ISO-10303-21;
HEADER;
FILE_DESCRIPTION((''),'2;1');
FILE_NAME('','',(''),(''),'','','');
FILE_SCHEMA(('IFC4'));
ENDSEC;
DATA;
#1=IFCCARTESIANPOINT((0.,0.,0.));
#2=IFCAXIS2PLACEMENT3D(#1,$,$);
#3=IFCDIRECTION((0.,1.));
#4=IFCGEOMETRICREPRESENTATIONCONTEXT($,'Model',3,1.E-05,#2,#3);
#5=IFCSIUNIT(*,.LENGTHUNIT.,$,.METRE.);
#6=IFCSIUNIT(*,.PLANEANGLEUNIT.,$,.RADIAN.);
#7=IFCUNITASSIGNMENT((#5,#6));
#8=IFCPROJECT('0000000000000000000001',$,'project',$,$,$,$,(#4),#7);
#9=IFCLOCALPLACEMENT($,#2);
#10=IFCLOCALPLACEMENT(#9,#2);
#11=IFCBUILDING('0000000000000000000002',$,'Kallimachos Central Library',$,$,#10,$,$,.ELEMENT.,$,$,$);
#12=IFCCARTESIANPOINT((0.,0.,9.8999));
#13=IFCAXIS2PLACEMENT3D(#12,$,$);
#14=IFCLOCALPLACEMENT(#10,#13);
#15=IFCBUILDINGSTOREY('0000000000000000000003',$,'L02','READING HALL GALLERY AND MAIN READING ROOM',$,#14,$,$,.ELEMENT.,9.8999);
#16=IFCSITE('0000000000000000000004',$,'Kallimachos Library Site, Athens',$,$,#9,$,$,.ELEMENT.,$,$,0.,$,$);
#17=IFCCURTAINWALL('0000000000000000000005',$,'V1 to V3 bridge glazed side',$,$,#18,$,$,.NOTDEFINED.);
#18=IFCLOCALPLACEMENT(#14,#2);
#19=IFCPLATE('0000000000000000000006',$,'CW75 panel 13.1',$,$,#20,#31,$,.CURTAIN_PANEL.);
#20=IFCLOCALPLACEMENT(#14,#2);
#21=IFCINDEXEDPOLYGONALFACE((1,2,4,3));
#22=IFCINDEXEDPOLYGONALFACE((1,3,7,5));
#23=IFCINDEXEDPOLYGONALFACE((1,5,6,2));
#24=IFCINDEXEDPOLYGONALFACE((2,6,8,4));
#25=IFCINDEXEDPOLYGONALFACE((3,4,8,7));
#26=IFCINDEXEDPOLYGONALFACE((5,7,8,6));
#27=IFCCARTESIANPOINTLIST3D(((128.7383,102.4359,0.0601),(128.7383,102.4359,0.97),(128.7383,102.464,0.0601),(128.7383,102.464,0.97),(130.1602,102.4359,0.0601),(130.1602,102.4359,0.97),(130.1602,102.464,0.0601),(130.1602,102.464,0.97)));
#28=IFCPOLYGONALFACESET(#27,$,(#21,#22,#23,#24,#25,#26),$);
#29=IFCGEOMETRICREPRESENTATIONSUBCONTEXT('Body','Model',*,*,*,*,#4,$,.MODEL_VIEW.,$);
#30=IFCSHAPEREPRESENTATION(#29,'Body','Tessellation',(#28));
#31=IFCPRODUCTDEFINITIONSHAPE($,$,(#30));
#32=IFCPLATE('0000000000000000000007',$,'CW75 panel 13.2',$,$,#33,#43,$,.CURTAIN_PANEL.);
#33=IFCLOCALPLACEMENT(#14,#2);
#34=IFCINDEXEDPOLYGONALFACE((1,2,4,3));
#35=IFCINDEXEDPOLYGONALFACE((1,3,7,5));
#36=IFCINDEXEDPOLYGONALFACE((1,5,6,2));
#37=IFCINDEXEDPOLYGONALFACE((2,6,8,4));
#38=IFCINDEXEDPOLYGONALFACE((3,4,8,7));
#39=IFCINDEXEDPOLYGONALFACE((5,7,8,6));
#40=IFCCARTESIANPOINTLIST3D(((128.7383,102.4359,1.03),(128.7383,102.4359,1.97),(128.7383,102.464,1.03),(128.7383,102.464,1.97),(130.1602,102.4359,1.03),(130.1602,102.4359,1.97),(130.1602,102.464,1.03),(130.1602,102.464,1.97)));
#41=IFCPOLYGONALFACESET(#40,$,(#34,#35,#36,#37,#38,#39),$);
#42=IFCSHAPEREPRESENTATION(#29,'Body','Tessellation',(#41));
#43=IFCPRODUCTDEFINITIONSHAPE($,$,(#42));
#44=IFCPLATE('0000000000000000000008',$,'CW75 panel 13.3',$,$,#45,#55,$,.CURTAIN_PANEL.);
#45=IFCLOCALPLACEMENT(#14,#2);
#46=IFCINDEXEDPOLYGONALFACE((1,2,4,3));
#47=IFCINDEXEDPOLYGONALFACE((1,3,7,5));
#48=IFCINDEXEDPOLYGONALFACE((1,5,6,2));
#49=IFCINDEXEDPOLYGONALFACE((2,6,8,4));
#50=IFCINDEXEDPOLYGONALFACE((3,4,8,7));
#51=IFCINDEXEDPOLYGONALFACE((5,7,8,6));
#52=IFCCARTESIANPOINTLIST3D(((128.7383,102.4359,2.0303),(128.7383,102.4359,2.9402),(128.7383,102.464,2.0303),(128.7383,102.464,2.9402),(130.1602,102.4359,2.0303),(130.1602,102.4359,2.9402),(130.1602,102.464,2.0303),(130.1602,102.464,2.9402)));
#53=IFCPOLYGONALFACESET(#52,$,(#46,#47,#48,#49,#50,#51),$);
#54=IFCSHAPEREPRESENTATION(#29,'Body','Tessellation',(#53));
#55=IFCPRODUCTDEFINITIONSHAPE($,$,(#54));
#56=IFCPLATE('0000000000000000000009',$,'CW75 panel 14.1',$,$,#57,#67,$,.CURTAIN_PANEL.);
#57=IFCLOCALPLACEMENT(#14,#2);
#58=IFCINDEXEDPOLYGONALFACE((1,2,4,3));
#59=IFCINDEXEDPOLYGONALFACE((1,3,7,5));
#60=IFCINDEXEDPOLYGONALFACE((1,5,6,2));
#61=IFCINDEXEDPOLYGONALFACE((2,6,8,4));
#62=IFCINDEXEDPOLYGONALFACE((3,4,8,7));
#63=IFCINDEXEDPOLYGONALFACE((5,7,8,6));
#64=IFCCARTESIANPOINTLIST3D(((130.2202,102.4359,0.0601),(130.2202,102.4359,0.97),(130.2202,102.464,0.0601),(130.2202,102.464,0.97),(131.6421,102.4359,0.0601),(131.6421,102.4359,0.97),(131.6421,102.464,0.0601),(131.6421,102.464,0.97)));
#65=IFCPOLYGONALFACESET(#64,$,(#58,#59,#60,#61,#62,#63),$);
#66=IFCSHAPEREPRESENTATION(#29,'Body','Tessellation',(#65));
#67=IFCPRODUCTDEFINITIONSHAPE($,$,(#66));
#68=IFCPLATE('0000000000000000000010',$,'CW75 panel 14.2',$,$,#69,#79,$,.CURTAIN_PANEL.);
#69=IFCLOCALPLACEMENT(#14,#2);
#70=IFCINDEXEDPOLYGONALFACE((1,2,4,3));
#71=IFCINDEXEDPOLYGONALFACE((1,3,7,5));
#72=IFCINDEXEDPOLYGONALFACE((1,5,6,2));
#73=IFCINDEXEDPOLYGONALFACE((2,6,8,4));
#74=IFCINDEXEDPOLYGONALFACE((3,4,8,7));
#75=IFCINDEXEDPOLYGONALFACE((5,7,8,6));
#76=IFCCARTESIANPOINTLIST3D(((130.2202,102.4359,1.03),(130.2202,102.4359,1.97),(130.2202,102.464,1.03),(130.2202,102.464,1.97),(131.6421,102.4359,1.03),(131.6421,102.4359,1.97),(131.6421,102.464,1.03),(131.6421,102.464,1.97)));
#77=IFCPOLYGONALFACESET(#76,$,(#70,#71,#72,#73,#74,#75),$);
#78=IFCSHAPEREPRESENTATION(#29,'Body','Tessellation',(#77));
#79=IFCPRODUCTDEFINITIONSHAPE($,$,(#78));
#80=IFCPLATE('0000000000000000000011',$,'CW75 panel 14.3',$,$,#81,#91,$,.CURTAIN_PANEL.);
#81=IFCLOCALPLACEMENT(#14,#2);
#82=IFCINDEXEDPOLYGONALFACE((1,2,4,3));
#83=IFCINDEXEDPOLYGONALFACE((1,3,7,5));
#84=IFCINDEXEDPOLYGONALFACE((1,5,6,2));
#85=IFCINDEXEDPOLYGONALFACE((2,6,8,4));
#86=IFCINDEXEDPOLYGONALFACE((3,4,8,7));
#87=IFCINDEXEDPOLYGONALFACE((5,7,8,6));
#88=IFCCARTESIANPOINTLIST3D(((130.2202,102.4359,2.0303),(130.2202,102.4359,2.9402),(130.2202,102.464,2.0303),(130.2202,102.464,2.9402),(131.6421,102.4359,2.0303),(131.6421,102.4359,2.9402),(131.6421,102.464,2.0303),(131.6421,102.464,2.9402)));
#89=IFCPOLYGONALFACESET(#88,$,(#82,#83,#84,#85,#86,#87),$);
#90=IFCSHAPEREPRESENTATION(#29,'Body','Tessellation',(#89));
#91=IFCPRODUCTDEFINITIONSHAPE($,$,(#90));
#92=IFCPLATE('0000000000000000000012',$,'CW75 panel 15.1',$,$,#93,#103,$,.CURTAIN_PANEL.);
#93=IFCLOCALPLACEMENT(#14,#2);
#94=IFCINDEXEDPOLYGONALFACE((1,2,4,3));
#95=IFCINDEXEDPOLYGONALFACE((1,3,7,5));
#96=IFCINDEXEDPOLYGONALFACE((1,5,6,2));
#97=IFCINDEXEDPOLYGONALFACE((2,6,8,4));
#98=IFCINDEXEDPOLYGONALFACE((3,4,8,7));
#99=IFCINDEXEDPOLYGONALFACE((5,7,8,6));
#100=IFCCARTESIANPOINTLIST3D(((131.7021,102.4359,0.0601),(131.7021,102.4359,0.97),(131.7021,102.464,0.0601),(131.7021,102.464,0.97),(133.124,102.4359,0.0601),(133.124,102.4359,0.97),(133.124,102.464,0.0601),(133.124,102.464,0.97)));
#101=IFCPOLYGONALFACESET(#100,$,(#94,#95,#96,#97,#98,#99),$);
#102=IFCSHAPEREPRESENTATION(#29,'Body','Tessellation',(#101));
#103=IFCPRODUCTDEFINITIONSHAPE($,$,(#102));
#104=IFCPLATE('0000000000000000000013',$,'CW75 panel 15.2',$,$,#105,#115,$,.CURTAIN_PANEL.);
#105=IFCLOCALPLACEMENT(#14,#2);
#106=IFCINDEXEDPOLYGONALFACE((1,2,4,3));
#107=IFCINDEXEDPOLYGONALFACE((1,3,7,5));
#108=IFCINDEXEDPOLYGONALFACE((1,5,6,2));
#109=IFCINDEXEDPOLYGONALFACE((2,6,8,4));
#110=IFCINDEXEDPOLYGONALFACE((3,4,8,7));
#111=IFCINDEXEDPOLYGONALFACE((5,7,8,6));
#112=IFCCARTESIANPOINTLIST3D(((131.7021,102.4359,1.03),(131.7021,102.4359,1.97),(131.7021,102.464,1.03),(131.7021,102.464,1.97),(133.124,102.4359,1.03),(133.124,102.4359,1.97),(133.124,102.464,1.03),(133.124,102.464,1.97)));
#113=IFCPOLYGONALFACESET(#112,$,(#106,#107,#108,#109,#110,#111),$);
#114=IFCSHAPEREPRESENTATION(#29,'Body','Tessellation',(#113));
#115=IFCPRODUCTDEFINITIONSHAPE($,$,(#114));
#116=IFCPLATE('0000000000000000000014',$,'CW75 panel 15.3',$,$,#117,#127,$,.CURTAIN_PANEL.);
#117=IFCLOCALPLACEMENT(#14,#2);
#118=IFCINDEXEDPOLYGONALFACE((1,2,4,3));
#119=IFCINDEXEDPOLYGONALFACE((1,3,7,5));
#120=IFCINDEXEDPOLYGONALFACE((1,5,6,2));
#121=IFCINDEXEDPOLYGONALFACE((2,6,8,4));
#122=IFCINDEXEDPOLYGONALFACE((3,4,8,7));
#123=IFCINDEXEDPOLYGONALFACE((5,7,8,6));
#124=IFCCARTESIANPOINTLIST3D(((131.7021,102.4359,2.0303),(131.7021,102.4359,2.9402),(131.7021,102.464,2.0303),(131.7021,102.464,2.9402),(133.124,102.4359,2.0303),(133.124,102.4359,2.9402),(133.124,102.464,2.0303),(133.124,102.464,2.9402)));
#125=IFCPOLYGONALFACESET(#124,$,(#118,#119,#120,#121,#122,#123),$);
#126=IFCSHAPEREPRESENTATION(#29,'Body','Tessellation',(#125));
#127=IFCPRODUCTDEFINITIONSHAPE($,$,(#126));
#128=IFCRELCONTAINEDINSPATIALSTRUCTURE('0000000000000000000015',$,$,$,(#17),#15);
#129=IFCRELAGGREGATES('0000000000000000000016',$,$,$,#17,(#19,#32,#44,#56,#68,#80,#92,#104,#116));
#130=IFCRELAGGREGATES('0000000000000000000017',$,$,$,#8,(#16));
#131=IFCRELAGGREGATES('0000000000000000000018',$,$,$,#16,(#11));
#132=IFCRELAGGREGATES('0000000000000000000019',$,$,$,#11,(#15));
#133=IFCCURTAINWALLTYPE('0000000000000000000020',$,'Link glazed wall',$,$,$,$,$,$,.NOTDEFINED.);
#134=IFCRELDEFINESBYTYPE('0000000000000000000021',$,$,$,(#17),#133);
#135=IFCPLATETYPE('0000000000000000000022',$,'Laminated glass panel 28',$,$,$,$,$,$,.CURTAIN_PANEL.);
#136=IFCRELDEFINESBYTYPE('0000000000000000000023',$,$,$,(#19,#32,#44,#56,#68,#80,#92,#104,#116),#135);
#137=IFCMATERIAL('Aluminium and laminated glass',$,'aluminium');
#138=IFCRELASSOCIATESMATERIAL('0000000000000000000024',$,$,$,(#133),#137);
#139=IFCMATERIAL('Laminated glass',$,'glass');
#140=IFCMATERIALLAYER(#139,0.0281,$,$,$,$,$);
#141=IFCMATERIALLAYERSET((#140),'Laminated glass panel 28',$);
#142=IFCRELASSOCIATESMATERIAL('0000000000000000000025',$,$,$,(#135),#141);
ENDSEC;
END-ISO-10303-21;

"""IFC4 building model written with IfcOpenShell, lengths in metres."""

from ifc_helpers import new_model, si_unit, direction, frame, origin, origin_2d, place, context, subcontext, project, spatial, rectangle, extrude, material, layer, layer_set, type_object, element, aggregate, save


model = new_model("IFC4")

# Units and contexts
model_context = context("Model", 3, precision=1e-05, world=origin(), true_north=direction((0.0, 1.0)))
body_context = subcontext(model_context, "Body", "Model", "MODEL_VIEW")
ifc_project = project(units=[si_unit("LENGTHUNIT", "METRE"), si_unit("PLANEANGLEUNIT", "RADIAN")], contexts=[model_context])

# Site, building, storey
site_placement = place(None, origin())
site = spatial("IfcSite", under=ifc_project, at=site_placement, Name="Kallimachos Library Site, Athens", CompositionType="ELEMENT", RefElevation=0.0)
building_placement = place(site_placement, origin())
building = spatial("IfcBuilding", under=site, at=building_placement, Name="Kallimachos Central Library", CompositionType="ELEMENT")
storey_placement = place(building_placement, frame((0.0, 0.0, 9.8999)))
storey = spatial("IfcBuildingStorey", under=building, at=storey_placement, Name="L02", Description="READING HALL GALLERY AND MAIN READING ROOM", CompositionType="ELEMENT", Elevation=9.8999)

# Curtain wall
ifc_material_1 = material(Name="Aluminium and laminated glass", Category="aluminium")
curtain_wall_type = type_object("IfcCurtainWallType", Name="Link glazed wall", PredefinedType="NOTDEFINED", material=ifc_material_1)
curtain_wall_1_placement = place(storey_placement, origin())
curtain_wall_1 = element("IfcCurtainWall", 1, at=curtain_wall_1_placement, inside=storey, type_object=curtain_wall_type, Name="V1 to V3 bridge glazed side", PredefinedType="NOTDEFINED")

# Plates
ifc_material_2 = material(Name="Laminated glass", Category="glass")
ifc_layer = layer(ifc_material_2, 0.0281)
ifc_layer_set = layer_set([ifc_layer], Name="Laminated glass panel 28")
plate_type = type_object("IfcPlateType", Name="Laminated glass panel 28", PredefinedType="CURTAIN_PANEL", material=ifc_layer_set)
plate_1_placement = place(storey_placement, frame((129.4492, 102.45, 0.0601), z_axis=(0.0, 0.0, 1.0), x_axis=(1.0, 0.0, 0.0)))
plate_1 = element("IfcPlate", 2, at=plate_1_placement, type_object=plate_type, Name="CW75 panel 13.1", PredefinedType="CURTAIN_PANEL", context=body_context, shape_type="SweptSolid", body=[
    extrude(rectangle(XDim=1.4219, YDim=0.0281, at=origin_2d()), origin(), (0.0, 0.0, 1.0), 0.9099),
])
plate_2_placement = place(storey_placement, frame((129.4492, 102.45, 1.03), z_axis=(0.0, 0.0, 1.0), x_axis=(1.0, 0.0, 0.0)))
plate_2 = element("IfcPlate", 3, at=plate_2_placement, type_object=plate_type, Name="CW75 panel 13.2", PredefinedType="CURTAIN_PANEL", context=body_context, shape_type="SweptSolid", body=[
    extrude(rectangle(XDim=1.4219, YDim=0.0281, at=origin_2d()), origin(), (0.0, 0.0, 1.0), 0.9399),
])
plate_3_placement = place(storey_placement, frame((129.4492, 102.45, 2.0303), z_axis=(0.0, 0.0, 1.0), x_axis=(1.0, 0.0, 0.0)))
plate_3 = element("IfcPlate", 4, at=plate_3_placement, type_object=plate_type, Name="CW75 panel 13.3", PredefinedType="CURTAIN_PANEL", context=body_context, shape_type="SweptSolid", body=[
    extrude(rectangle(XDim=1.4219, YDim=0.0281, at=origin_2d()), origin(), (0.0, 0.0, 1.0), 0.9099),
])
plate_4_placement = place(storey_placement, frame((130.9312, 102.45, 0.0601), z_axis=(0.0, 0.0, 1.0), x_axis=(1.0, 0.0, 0.0)))
plate_4 = element("IfcPlate", 5, at=plate_4_placement, type_object=plate_type, Name="CW75 panel 14.1", PredefinedType="CURTAIN_PANEL", context=body_context, shape_type="SweptSolid", body=[
    extrude(rectangle(XDim=1.4219, YDim=0.0281, at=origin_2d()), origin(), (0.0, 0.0, 1.0), 0.9099),
])
plate_5_placement = place(storey_placement, frame((130.9312, 102.45, 1.03), z_axis=(0.0, 0.0, 1.0), x_axis=(1.0, 0.0, 0.0)))
plate_5 = element("IfcPlate", 6, at=plate_5_placement, type_object=plate_type, Name="CW75 panel 14.2", PredefinedType="CURTAIN_PANEL", context=body_context, shape_type="SweptSolid", body=[
    extrude(rectangle(XDim=1.4219, YDim=0.0281, at=origin_2d()), origin(), (0.0, 0.0, 1.0), 0.9399),
])
plate_6_placement = place(storey_placement, frame((130.9312, 102.45, 2.0303), z_axis=(0.0, 0.0, 1.0), x_axis=(1.0, 0.0, 0.0)))
plate_6 = element("IfcPlate", 7, at=plate_6_placement, type_object=plate_type, Name="CW75 panel 14.3", PredefinedType="CURTAIN_PANEL", context=body_context, shape_type="SweptSolid", body=[
    extrude(rectangle(XDim=1.4219, YDim=0.0281, at=origin_2d()), origin(), (0.0, 0.0, 1.0), 0.9099),
])
plate_7_placement = place(storey_placement, frame((132.4131, 102.45, 0.0601), z_axis=(0.0, 0.0, 1.0), x_axis=(1.0, 0.0, 0.0)))
plate_7 = element("IfcPlate", 8, at=plate_7_placement, type_object=plate_type, Name="CW75 panel 15.1", PredefinedType="CURTAIN_PANEL", context=body_context, shape_type="SweptSolid", body=[
    extrude(rectangle(XDim=1.4219, YDim=0.0281, at=origin_2d()), origin(), (0.0, 0.0, 1.0), 0.9099),
])
plate_8_placement = place(storey_placement, frame((132.4131, 102.45, 1.03), z_axis=(0.0, 0.0, 1.0), x_axis=(1.0, 0.0, 0.0)))
plate_8 = element("IfcPlate", 9, at=plate_8_placement, type_object=plate_type, Name="CW75 panel 15.2", PredefinedType="CURTAIN_PANEL", context=body_context, shape_type="SweptSolid", body=[
    extrude(rectangle(XDim=1.4219, YDim=0.0281, at=origin_2d()), origin(), (0.0, 0.0, 1.0), 0.9399),
])
plate_9_placement = place(storey_placement, frame((132.4131, 102.45, 2.0303), z_axis=(0.0, 0.0, 1.0), x_axis=(1.0, 0.0, 0.0)))
plate_9 = element("IfcPlate", 10, at=plate_9_placement, type_object=plate_type, Name="CW75 panel 15.3", PredefinedType="CURTAIN_PANEL", context=body_context, shape_type="SweptSolid", body=[
    extrude(rectangle(XDim=1.4219, YDim=0.0281, at=origin_2d()), origin(), (0.0, 0.0, 1.0), 0.9099),
])
aggregate(curtain_wall_1, [plate_1, plate_2, plate_3, plate_4, plate_5, plate_6, plate_7, plate_8, plate_9])

save(model, "model.ifc")
